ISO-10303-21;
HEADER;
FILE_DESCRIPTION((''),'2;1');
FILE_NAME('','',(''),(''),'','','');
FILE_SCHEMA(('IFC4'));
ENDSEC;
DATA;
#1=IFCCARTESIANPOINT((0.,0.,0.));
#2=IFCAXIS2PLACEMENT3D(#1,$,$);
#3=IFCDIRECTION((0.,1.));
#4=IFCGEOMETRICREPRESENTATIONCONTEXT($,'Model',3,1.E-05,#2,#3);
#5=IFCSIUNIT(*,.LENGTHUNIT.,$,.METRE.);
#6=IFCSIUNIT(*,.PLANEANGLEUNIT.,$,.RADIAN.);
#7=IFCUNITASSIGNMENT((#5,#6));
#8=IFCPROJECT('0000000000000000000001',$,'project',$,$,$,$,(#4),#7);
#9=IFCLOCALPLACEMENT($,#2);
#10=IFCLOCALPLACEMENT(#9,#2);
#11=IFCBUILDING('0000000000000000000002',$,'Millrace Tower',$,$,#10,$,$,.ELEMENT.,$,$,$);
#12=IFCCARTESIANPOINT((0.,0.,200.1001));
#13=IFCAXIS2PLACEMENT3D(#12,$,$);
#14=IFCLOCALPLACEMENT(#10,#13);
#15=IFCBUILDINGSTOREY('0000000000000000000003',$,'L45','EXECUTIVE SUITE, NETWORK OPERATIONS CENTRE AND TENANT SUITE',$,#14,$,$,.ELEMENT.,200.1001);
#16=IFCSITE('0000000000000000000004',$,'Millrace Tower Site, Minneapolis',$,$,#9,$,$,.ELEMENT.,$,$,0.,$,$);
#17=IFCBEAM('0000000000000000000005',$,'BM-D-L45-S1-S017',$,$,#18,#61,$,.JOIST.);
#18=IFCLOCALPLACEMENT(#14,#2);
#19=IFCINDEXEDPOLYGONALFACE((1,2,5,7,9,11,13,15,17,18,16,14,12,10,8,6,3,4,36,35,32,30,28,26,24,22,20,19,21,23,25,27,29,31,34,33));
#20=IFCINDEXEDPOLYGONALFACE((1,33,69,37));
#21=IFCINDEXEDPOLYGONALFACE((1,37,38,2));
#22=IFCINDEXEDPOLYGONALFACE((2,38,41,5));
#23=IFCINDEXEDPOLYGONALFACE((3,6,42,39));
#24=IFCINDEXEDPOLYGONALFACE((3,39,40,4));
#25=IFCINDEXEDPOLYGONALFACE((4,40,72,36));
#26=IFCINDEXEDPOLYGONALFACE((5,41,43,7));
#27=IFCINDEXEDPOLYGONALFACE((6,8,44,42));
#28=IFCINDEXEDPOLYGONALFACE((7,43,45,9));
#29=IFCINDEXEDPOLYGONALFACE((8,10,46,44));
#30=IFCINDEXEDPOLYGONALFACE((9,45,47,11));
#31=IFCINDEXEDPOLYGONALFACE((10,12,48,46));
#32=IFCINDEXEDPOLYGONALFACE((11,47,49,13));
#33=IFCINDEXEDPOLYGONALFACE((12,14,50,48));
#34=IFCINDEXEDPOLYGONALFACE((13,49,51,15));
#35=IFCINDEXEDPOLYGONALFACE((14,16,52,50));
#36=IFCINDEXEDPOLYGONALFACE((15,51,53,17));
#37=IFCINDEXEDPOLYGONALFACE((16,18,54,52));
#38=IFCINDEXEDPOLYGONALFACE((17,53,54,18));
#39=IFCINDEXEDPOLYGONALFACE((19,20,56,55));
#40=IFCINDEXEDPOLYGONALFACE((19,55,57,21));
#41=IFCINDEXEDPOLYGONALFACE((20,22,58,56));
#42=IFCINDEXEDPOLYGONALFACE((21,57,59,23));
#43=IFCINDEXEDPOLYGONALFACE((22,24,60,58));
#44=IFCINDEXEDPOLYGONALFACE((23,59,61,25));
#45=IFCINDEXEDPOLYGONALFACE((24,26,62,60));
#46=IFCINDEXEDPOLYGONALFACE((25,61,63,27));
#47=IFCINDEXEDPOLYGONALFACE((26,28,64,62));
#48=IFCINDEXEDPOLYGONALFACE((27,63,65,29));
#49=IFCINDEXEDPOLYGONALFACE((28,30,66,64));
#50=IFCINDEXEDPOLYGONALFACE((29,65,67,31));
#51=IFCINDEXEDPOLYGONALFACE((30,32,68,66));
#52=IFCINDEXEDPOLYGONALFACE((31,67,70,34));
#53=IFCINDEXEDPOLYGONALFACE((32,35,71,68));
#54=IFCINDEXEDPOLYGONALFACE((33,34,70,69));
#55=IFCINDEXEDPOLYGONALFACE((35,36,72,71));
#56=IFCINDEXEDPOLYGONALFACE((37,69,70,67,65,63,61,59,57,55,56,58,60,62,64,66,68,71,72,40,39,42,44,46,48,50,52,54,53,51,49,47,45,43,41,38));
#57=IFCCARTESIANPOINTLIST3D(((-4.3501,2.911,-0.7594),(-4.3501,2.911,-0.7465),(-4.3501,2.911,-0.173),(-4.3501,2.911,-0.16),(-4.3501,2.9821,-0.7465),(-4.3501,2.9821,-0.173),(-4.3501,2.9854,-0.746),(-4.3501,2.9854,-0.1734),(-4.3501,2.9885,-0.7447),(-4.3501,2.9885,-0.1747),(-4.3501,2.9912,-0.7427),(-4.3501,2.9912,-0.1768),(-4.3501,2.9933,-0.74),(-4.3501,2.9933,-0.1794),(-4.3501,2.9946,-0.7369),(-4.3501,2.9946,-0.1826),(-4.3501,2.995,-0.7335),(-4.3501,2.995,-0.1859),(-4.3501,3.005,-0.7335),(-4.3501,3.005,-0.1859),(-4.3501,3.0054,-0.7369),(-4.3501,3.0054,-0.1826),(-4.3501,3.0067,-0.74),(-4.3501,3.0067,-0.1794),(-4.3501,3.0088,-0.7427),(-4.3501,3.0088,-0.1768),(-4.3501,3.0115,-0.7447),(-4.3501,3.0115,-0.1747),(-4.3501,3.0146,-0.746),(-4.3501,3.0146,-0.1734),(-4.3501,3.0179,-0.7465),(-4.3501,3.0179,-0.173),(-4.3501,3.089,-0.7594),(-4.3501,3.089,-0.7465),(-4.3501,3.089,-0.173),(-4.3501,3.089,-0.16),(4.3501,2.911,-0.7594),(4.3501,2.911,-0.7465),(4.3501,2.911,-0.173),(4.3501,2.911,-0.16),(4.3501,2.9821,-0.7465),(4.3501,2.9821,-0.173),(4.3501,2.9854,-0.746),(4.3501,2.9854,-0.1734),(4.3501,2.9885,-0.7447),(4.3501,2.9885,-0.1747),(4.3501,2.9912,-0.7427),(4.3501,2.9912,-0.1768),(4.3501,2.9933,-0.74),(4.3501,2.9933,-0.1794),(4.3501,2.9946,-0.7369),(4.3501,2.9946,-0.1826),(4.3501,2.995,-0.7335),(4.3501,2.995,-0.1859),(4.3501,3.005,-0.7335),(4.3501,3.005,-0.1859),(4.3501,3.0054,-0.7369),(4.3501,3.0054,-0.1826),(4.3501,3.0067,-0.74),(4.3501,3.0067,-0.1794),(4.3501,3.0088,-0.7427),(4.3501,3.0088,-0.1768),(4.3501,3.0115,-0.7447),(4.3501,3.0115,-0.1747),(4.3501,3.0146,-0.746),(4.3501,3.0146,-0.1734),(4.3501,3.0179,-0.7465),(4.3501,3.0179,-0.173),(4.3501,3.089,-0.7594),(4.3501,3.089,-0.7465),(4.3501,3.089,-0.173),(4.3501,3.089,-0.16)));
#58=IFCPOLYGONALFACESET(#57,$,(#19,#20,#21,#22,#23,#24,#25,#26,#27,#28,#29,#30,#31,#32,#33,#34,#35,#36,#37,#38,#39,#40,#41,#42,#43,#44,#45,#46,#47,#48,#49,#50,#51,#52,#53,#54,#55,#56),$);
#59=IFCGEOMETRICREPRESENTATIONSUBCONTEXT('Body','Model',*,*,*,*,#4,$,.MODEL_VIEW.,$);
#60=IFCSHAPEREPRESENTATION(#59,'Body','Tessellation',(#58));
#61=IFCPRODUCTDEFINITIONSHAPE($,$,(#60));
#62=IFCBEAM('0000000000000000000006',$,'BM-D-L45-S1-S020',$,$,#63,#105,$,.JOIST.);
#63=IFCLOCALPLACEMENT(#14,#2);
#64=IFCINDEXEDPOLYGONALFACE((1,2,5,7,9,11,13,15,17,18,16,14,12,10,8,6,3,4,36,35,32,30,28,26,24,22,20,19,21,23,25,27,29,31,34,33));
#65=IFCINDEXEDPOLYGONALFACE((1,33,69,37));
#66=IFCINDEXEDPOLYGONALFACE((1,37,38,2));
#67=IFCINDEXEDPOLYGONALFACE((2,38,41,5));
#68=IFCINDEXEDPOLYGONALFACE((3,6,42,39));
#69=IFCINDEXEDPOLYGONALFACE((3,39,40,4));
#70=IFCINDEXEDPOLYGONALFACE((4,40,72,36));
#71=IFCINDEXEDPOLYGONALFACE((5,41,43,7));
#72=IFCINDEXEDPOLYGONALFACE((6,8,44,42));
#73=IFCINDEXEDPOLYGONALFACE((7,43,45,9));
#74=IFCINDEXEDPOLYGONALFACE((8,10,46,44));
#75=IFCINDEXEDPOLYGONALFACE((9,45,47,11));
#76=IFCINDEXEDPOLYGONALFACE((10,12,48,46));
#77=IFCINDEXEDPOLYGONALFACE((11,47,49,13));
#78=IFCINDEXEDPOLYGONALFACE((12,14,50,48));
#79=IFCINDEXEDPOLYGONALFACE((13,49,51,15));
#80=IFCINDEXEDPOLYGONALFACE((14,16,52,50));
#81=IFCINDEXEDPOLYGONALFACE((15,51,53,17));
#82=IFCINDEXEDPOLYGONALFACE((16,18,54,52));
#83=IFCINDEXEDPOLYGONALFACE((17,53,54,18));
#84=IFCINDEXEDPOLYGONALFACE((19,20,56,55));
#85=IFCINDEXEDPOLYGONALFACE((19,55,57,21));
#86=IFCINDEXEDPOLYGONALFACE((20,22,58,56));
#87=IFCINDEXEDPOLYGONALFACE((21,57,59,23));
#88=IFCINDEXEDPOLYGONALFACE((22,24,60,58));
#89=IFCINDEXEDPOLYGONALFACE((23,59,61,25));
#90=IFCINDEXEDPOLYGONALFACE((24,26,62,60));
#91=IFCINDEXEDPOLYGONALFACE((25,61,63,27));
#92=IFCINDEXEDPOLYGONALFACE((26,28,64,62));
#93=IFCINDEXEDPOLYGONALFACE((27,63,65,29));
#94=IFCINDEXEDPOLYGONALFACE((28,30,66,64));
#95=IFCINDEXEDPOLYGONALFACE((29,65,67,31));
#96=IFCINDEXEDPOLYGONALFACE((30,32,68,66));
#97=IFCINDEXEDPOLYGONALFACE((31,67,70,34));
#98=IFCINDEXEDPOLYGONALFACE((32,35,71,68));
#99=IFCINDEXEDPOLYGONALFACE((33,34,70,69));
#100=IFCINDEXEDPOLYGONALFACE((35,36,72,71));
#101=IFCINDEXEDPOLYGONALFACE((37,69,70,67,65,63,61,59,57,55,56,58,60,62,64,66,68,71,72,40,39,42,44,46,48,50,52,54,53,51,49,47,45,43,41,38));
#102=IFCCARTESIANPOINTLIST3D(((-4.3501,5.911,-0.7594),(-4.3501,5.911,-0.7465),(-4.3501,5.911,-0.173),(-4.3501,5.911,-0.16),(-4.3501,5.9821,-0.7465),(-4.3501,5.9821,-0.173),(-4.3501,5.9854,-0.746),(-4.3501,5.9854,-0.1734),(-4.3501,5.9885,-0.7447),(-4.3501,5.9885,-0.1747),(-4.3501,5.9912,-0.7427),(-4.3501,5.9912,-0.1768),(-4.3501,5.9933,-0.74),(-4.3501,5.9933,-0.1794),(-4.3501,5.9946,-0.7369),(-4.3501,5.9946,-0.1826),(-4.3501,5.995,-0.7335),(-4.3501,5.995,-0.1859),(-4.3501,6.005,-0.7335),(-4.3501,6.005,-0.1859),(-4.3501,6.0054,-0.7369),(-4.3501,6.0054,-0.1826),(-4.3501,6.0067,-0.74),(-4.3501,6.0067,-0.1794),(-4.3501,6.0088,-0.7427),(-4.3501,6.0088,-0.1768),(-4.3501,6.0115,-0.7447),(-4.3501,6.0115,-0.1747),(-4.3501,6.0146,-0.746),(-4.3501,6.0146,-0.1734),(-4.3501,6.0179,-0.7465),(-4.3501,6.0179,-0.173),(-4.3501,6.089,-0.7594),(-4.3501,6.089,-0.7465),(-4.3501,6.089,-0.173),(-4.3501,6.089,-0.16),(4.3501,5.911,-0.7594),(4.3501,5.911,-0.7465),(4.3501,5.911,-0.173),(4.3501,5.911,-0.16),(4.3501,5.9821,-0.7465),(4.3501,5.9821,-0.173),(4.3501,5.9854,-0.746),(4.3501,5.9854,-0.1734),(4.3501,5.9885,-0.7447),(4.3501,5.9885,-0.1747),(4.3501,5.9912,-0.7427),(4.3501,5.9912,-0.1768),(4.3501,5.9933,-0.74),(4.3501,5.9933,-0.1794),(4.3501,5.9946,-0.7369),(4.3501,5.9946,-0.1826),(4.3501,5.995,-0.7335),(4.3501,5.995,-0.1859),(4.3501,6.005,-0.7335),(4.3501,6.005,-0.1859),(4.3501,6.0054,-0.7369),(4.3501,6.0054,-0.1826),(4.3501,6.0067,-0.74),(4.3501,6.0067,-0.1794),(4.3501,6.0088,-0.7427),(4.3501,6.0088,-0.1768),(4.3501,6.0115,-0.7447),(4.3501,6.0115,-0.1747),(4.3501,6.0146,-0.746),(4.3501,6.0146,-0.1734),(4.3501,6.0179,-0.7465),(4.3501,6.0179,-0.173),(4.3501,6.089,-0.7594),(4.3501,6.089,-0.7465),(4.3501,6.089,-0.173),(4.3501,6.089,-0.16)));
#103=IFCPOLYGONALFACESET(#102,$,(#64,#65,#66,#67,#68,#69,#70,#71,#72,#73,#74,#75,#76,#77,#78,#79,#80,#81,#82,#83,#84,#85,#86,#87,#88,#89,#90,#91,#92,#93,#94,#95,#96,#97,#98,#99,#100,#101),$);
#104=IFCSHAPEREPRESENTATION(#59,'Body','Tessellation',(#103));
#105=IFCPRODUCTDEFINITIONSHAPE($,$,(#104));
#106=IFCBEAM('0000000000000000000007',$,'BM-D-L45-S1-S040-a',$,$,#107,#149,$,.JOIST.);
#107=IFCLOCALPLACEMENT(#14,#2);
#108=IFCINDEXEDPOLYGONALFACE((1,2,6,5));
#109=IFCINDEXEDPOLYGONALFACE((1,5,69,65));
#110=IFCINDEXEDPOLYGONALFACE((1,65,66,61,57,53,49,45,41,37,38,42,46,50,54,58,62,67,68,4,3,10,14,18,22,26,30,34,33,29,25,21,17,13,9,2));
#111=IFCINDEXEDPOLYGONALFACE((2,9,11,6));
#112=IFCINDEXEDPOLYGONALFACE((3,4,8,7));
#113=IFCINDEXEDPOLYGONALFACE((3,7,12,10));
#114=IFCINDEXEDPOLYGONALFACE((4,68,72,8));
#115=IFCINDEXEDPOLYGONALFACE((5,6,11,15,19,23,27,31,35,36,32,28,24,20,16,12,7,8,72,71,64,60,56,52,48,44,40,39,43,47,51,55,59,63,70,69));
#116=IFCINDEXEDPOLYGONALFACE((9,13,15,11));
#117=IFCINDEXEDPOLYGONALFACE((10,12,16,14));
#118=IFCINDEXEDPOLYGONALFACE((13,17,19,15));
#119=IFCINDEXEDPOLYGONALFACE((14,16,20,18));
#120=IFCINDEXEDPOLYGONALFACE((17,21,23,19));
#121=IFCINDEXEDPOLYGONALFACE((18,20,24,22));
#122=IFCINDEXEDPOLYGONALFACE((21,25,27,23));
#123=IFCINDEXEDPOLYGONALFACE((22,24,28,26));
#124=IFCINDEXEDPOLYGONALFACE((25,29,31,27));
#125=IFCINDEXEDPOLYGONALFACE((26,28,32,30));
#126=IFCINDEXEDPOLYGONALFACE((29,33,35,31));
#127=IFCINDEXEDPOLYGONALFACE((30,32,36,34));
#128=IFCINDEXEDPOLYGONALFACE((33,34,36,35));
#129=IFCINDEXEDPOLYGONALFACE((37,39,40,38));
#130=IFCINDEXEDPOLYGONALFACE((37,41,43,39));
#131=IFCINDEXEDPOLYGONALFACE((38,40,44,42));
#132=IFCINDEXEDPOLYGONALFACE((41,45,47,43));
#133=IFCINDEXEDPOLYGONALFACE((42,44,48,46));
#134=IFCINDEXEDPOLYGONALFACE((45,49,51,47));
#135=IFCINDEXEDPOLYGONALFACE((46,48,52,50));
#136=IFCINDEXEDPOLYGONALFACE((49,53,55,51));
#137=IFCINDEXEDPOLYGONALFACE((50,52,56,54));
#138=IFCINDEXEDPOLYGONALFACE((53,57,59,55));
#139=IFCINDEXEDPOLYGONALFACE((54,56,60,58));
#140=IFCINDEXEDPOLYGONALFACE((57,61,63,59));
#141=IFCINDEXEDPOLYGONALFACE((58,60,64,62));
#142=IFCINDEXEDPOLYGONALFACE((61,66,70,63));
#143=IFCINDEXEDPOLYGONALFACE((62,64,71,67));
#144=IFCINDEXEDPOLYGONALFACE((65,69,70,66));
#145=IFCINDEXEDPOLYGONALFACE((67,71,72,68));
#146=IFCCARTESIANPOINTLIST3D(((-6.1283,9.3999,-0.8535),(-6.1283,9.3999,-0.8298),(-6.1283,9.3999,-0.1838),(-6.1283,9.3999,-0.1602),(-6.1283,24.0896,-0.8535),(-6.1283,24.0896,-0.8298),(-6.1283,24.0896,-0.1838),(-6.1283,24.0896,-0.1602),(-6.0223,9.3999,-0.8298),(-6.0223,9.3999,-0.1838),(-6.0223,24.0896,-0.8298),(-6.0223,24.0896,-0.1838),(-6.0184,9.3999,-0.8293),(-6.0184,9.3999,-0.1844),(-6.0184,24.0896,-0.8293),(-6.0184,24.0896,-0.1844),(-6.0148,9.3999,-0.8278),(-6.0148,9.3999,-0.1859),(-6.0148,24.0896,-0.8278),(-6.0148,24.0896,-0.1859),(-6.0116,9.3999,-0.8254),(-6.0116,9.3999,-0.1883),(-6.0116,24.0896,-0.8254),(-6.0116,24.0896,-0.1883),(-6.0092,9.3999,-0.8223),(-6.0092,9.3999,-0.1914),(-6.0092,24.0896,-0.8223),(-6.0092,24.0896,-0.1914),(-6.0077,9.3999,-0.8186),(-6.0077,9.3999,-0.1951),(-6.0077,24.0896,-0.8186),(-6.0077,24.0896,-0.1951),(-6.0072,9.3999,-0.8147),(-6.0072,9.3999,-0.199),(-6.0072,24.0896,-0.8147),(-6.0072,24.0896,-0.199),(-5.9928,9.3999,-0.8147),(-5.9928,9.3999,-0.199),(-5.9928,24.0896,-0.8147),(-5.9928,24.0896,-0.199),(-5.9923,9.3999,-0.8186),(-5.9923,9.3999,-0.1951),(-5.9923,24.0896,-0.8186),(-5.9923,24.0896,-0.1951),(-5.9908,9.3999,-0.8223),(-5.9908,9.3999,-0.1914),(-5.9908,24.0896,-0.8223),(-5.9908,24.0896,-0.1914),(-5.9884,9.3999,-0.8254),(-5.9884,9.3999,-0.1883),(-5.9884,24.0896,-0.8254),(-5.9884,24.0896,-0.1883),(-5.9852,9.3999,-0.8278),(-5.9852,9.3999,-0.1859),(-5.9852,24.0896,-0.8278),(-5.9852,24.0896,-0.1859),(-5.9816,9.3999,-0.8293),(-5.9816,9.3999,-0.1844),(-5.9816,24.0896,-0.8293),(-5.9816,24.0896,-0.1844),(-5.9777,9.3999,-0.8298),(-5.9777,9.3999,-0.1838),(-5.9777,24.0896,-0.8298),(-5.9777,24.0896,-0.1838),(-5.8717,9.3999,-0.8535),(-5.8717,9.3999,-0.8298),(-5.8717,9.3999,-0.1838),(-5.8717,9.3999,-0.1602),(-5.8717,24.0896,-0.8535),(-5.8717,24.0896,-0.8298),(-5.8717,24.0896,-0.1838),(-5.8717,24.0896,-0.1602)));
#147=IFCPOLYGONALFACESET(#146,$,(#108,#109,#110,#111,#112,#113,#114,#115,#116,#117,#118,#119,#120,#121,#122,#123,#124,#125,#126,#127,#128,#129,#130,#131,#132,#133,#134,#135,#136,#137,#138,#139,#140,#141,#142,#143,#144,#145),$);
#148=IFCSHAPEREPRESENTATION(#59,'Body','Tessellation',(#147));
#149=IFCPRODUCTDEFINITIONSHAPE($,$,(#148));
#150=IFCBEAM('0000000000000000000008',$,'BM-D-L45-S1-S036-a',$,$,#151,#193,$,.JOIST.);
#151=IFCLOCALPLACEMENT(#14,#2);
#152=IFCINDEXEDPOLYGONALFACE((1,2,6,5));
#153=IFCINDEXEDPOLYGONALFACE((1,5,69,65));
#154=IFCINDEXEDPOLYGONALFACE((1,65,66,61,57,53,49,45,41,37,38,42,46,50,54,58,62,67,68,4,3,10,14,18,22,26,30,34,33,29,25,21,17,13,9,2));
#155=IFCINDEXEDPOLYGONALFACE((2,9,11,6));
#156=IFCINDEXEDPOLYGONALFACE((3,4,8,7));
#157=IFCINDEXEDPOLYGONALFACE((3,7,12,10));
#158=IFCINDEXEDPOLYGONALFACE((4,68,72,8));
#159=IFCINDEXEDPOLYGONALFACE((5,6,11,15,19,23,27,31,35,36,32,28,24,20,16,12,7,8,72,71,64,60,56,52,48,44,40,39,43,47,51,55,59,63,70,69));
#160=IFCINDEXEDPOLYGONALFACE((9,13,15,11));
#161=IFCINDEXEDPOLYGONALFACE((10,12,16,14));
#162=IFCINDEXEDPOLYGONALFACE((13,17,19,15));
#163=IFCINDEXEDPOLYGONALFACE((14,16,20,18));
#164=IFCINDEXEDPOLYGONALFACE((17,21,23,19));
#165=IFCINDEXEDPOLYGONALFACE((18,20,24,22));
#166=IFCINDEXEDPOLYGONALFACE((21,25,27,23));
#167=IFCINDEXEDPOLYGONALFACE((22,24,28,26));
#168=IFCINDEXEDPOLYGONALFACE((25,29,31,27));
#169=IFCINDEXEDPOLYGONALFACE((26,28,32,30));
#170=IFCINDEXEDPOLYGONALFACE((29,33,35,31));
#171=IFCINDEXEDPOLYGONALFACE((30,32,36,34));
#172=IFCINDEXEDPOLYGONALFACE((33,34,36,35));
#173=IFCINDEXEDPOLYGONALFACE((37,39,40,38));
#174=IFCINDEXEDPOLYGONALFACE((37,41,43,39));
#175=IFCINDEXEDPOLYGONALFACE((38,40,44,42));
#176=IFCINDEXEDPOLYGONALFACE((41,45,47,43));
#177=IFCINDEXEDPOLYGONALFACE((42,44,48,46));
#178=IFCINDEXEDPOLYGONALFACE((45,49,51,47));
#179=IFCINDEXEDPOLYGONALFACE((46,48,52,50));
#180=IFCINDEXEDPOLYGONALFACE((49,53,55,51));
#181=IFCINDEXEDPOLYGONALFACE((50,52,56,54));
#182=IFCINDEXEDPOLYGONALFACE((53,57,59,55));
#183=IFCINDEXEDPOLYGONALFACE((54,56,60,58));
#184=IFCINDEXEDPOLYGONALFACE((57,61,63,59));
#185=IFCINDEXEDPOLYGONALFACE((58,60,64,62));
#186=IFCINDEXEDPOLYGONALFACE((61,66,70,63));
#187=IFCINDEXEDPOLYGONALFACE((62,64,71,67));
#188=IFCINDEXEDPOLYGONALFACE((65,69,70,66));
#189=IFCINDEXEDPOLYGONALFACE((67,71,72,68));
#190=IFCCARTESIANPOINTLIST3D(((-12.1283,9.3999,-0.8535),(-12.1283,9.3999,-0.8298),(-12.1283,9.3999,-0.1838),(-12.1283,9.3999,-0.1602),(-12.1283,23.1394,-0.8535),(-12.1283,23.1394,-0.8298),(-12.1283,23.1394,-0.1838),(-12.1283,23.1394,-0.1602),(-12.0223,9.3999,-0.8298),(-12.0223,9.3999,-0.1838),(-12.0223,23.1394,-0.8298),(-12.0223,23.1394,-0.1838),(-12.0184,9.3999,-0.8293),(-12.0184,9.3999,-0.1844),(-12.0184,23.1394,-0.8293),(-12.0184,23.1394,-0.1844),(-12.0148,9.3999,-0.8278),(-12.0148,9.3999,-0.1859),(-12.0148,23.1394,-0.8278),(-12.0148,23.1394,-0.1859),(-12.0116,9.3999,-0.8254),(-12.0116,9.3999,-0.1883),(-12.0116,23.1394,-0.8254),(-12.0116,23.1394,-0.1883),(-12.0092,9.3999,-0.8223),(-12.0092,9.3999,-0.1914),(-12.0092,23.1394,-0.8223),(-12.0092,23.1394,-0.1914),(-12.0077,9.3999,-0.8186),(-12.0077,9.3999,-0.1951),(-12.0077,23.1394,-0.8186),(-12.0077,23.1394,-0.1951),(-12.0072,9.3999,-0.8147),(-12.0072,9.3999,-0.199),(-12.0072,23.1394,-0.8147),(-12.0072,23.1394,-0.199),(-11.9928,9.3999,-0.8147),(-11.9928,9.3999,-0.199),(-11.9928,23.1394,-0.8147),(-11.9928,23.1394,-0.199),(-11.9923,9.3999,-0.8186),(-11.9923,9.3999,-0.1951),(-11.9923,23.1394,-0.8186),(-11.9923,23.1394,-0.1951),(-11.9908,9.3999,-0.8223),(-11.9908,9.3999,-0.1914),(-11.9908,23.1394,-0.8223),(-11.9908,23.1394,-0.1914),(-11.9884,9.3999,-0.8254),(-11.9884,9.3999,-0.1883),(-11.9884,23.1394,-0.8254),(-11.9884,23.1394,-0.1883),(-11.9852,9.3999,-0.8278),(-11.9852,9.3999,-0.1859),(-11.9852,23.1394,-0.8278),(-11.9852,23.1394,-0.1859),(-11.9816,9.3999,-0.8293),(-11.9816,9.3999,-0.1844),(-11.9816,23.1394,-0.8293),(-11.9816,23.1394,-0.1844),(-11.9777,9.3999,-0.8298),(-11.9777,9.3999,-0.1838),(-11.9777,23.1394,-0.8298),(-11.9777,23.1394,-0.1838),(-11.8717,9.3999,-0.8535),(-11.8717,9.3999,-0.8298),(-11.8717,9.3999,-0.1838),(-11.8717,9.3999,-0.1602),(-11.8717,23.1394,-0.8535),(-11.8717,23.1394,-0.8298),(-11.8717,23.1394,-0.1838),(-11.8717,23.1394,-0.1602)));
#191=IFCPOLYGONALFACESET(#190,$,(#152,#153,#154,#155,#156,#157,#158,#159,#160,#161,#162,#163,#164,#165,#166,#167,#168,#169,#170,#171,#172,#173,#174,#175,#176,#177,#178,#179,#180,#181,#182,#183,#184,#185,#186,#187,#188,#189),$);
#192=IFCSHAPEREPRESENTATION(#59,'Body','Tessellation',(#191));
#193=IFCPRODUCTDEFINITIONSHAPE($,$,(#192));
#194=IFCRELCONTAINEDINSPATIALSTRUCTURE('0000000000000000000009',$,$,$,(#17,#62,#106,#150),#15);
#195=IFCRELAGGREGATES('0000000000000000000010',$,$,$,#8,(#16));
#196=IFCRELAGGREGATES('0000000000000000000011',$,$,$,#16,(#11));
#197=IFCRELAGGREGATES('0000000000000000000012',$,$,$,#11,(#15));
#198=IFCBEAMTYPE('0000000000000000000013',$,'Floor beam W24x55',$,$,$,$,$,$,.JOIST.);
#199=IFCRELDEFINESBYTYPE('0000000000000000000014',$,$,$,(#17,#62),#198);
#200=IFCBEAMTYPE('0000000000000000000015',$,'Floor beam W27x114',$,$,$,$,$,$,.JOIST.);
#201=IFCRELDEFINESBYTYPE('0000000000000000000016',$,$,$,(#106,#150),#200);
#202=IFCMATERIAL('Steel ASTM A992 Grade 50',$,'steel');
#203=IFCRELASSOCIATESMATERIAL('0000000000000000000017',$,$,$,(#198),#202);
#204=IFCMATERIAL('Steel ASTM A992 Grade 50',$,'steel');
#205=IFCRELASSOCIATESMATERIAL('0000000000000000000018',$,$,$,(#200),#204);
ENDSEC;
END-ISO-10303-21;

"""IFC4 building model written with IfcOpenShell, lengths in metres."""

from ifc_helpers import new_model, si_unit, direction, frame, origin, origin_2d, place, context, subcontext, project, spatial, i_section, extrude, material, material_profile, profile_set, type_object, element, save


model = new_model("IFC4")

# Units and contexts
model_context = context("Model", 3, precision=1e-05, world=origin(), true_north=direction((0.0, 1.0)))
body_context = subcontext(model_context, "Body", "Model", "MODEL_VIEW")
ifc_project = project(units=[si_unit("LENGTHUNIT", "METRE"), si_unit("PLANEANGLEUNIT", "RADIAN")], contexts=[model_context])

# Site, building, storey
site_placement = place(None, origin())
site = spatial("IfcSite", under=ifc_project, at=site_placement, Name="Millrace Tower Site, Minneapolis", CompositionType="ELEMENT", RefElevation=0.0)
building_placement = place(site_placement, origin())
building = spatial("IfcBuilding", under=site, at=building_placement, Name="Millrace Tower", CompositionType="ELEMENT")
storey_placement = place(building_placement, frame((0.0, 0.0, 200.1001)))
storey = spatial("IfcBuildingStorey", under=building, at=storey_placement, Name="L45", Description="EXECUTIVE SUITE, NETWORK OPERATIONS CENTRE AND TENANT SUITE", CompositionType="ELEMENT", Elevation=200.1001)

# Beams
ifc_material_1 = material(Name="Steel ASTM A992 Grade 50", Category="steel")
ifc_material_profile_1 = material_profile(ifc_material_1, i_section(OverallWidth=0.178, OverallDepth=0.5994, WebThickness=0.01, FlangeThickness=0.0129, FilletRadius=0.0129, at=origin_2d()))
ifc_profile_set_1 = profile_set([ifc_material_profile_1], Name="Steel ASTM A992 Grade 50")
beam_type_1 = type_object("IfcBeamType", Name="Floor beam W24x55", PredefinedType="JOIST", material=ifc_profile_set_1)
for number, where, z_axis, x_axis, name in (
    (1, (-4.3501, 3.0, -0.4597), (1.0, 0.0, 0.0), (0.0, 1.0, 0.0), "BM-D-L45-S1-S017"),
    (2, (-4.3501, 6.0, -0.4597), (1.0, 0.0, 0.0), (0.0, 1.0, 0.0), "BM-D-L45-S1-S020"),
):
    element("IfcBeam", number, at=place(storey_placement, frame(where, z_axis=z_axis, x_axis=x_axis)), inside=storey, type_object=beam_type_1, Name=name, PredefinedType="JOIST", context=body_context, shape_type="SweptSolid", body=[
        extrude(i_section(OverallWidth=0.178, OverallDepth=0.5994, WebThickness=0.01, FlangeThickness=0.0129, FilletRadius=0.0129, at=origin_2d()), origin(), (0.0, 0.0, 1.0), 8.7002),
    ])
ifc_material_2 = material(Name="Steel ASTM A992 Grade 50", Category="steel")
ifc_material_profile_2 = material_profile(ifc_material_2, i_section(OverallWidth=0.2566, OverallDepth=0.6934, WebThickness=0.0144, FlangeThickness=0.0237, FilletRadius=0.0151, at=origin_2d()))
ifc_profile_set_2 = profile_set([ifc_material_profile_2], Name="Steel ASTM A992 Grade 50")
beam_type_2 = type_object("IfcBeamType", Name="Floor beam W27x114", PredefinedType="JOIST", material=ifc_profile_set_2)
beam_1_placement = place(storey_placement, frame((-6.0, 9.3999, -0.5068), z_axis=(0.0, 1.0, 0.0), x_axis=(-1.0, 0.0, 0.0)))
element("IfcBeam", 3, at=beam_1_placement, inside=storey, type_object=beam_type_2, Name="BM-D-L45-S1-S040-a", PredefinedType="JOIST", context=body_context, shape_type="SweptSolid", body=[
    extrude(i_section(OverallWidth=0.2566, OverallDepth=0.6934, WebThickness=0.0144, FlangeThickness=0.0237, FilletRadius=0.0151, at=origin_2d()), origin(), (0.0, 0.0, 1.0), 14.6897),
])
beam_2_placement = place(storey_placement, frame((-12.0, 9.3999, -0.5068), z_axis=(0.0, 1.0, 0.0), x_axis=(-1.0, 0.0, 0.0)))
element("IfcBeam", 4, at=beam_2_placement, inside=storey, type_object=beam_type_2, Name="BM-D-L45-S1-S036-a", PredefinedType="JOIST", context=body_context, shape_type="SweptSolid", body=[
    extrude(i_section(OverallWidth=0.2566, OverallDepth=0.6934, WebThickness=0.0144, FlangeThickness=0.0237, FilletRadius=0.0151, at=origin_2d()), origin(), (0.0, 0.0, 1.0), 13.7395),
])

save(model, "model.ifc")
